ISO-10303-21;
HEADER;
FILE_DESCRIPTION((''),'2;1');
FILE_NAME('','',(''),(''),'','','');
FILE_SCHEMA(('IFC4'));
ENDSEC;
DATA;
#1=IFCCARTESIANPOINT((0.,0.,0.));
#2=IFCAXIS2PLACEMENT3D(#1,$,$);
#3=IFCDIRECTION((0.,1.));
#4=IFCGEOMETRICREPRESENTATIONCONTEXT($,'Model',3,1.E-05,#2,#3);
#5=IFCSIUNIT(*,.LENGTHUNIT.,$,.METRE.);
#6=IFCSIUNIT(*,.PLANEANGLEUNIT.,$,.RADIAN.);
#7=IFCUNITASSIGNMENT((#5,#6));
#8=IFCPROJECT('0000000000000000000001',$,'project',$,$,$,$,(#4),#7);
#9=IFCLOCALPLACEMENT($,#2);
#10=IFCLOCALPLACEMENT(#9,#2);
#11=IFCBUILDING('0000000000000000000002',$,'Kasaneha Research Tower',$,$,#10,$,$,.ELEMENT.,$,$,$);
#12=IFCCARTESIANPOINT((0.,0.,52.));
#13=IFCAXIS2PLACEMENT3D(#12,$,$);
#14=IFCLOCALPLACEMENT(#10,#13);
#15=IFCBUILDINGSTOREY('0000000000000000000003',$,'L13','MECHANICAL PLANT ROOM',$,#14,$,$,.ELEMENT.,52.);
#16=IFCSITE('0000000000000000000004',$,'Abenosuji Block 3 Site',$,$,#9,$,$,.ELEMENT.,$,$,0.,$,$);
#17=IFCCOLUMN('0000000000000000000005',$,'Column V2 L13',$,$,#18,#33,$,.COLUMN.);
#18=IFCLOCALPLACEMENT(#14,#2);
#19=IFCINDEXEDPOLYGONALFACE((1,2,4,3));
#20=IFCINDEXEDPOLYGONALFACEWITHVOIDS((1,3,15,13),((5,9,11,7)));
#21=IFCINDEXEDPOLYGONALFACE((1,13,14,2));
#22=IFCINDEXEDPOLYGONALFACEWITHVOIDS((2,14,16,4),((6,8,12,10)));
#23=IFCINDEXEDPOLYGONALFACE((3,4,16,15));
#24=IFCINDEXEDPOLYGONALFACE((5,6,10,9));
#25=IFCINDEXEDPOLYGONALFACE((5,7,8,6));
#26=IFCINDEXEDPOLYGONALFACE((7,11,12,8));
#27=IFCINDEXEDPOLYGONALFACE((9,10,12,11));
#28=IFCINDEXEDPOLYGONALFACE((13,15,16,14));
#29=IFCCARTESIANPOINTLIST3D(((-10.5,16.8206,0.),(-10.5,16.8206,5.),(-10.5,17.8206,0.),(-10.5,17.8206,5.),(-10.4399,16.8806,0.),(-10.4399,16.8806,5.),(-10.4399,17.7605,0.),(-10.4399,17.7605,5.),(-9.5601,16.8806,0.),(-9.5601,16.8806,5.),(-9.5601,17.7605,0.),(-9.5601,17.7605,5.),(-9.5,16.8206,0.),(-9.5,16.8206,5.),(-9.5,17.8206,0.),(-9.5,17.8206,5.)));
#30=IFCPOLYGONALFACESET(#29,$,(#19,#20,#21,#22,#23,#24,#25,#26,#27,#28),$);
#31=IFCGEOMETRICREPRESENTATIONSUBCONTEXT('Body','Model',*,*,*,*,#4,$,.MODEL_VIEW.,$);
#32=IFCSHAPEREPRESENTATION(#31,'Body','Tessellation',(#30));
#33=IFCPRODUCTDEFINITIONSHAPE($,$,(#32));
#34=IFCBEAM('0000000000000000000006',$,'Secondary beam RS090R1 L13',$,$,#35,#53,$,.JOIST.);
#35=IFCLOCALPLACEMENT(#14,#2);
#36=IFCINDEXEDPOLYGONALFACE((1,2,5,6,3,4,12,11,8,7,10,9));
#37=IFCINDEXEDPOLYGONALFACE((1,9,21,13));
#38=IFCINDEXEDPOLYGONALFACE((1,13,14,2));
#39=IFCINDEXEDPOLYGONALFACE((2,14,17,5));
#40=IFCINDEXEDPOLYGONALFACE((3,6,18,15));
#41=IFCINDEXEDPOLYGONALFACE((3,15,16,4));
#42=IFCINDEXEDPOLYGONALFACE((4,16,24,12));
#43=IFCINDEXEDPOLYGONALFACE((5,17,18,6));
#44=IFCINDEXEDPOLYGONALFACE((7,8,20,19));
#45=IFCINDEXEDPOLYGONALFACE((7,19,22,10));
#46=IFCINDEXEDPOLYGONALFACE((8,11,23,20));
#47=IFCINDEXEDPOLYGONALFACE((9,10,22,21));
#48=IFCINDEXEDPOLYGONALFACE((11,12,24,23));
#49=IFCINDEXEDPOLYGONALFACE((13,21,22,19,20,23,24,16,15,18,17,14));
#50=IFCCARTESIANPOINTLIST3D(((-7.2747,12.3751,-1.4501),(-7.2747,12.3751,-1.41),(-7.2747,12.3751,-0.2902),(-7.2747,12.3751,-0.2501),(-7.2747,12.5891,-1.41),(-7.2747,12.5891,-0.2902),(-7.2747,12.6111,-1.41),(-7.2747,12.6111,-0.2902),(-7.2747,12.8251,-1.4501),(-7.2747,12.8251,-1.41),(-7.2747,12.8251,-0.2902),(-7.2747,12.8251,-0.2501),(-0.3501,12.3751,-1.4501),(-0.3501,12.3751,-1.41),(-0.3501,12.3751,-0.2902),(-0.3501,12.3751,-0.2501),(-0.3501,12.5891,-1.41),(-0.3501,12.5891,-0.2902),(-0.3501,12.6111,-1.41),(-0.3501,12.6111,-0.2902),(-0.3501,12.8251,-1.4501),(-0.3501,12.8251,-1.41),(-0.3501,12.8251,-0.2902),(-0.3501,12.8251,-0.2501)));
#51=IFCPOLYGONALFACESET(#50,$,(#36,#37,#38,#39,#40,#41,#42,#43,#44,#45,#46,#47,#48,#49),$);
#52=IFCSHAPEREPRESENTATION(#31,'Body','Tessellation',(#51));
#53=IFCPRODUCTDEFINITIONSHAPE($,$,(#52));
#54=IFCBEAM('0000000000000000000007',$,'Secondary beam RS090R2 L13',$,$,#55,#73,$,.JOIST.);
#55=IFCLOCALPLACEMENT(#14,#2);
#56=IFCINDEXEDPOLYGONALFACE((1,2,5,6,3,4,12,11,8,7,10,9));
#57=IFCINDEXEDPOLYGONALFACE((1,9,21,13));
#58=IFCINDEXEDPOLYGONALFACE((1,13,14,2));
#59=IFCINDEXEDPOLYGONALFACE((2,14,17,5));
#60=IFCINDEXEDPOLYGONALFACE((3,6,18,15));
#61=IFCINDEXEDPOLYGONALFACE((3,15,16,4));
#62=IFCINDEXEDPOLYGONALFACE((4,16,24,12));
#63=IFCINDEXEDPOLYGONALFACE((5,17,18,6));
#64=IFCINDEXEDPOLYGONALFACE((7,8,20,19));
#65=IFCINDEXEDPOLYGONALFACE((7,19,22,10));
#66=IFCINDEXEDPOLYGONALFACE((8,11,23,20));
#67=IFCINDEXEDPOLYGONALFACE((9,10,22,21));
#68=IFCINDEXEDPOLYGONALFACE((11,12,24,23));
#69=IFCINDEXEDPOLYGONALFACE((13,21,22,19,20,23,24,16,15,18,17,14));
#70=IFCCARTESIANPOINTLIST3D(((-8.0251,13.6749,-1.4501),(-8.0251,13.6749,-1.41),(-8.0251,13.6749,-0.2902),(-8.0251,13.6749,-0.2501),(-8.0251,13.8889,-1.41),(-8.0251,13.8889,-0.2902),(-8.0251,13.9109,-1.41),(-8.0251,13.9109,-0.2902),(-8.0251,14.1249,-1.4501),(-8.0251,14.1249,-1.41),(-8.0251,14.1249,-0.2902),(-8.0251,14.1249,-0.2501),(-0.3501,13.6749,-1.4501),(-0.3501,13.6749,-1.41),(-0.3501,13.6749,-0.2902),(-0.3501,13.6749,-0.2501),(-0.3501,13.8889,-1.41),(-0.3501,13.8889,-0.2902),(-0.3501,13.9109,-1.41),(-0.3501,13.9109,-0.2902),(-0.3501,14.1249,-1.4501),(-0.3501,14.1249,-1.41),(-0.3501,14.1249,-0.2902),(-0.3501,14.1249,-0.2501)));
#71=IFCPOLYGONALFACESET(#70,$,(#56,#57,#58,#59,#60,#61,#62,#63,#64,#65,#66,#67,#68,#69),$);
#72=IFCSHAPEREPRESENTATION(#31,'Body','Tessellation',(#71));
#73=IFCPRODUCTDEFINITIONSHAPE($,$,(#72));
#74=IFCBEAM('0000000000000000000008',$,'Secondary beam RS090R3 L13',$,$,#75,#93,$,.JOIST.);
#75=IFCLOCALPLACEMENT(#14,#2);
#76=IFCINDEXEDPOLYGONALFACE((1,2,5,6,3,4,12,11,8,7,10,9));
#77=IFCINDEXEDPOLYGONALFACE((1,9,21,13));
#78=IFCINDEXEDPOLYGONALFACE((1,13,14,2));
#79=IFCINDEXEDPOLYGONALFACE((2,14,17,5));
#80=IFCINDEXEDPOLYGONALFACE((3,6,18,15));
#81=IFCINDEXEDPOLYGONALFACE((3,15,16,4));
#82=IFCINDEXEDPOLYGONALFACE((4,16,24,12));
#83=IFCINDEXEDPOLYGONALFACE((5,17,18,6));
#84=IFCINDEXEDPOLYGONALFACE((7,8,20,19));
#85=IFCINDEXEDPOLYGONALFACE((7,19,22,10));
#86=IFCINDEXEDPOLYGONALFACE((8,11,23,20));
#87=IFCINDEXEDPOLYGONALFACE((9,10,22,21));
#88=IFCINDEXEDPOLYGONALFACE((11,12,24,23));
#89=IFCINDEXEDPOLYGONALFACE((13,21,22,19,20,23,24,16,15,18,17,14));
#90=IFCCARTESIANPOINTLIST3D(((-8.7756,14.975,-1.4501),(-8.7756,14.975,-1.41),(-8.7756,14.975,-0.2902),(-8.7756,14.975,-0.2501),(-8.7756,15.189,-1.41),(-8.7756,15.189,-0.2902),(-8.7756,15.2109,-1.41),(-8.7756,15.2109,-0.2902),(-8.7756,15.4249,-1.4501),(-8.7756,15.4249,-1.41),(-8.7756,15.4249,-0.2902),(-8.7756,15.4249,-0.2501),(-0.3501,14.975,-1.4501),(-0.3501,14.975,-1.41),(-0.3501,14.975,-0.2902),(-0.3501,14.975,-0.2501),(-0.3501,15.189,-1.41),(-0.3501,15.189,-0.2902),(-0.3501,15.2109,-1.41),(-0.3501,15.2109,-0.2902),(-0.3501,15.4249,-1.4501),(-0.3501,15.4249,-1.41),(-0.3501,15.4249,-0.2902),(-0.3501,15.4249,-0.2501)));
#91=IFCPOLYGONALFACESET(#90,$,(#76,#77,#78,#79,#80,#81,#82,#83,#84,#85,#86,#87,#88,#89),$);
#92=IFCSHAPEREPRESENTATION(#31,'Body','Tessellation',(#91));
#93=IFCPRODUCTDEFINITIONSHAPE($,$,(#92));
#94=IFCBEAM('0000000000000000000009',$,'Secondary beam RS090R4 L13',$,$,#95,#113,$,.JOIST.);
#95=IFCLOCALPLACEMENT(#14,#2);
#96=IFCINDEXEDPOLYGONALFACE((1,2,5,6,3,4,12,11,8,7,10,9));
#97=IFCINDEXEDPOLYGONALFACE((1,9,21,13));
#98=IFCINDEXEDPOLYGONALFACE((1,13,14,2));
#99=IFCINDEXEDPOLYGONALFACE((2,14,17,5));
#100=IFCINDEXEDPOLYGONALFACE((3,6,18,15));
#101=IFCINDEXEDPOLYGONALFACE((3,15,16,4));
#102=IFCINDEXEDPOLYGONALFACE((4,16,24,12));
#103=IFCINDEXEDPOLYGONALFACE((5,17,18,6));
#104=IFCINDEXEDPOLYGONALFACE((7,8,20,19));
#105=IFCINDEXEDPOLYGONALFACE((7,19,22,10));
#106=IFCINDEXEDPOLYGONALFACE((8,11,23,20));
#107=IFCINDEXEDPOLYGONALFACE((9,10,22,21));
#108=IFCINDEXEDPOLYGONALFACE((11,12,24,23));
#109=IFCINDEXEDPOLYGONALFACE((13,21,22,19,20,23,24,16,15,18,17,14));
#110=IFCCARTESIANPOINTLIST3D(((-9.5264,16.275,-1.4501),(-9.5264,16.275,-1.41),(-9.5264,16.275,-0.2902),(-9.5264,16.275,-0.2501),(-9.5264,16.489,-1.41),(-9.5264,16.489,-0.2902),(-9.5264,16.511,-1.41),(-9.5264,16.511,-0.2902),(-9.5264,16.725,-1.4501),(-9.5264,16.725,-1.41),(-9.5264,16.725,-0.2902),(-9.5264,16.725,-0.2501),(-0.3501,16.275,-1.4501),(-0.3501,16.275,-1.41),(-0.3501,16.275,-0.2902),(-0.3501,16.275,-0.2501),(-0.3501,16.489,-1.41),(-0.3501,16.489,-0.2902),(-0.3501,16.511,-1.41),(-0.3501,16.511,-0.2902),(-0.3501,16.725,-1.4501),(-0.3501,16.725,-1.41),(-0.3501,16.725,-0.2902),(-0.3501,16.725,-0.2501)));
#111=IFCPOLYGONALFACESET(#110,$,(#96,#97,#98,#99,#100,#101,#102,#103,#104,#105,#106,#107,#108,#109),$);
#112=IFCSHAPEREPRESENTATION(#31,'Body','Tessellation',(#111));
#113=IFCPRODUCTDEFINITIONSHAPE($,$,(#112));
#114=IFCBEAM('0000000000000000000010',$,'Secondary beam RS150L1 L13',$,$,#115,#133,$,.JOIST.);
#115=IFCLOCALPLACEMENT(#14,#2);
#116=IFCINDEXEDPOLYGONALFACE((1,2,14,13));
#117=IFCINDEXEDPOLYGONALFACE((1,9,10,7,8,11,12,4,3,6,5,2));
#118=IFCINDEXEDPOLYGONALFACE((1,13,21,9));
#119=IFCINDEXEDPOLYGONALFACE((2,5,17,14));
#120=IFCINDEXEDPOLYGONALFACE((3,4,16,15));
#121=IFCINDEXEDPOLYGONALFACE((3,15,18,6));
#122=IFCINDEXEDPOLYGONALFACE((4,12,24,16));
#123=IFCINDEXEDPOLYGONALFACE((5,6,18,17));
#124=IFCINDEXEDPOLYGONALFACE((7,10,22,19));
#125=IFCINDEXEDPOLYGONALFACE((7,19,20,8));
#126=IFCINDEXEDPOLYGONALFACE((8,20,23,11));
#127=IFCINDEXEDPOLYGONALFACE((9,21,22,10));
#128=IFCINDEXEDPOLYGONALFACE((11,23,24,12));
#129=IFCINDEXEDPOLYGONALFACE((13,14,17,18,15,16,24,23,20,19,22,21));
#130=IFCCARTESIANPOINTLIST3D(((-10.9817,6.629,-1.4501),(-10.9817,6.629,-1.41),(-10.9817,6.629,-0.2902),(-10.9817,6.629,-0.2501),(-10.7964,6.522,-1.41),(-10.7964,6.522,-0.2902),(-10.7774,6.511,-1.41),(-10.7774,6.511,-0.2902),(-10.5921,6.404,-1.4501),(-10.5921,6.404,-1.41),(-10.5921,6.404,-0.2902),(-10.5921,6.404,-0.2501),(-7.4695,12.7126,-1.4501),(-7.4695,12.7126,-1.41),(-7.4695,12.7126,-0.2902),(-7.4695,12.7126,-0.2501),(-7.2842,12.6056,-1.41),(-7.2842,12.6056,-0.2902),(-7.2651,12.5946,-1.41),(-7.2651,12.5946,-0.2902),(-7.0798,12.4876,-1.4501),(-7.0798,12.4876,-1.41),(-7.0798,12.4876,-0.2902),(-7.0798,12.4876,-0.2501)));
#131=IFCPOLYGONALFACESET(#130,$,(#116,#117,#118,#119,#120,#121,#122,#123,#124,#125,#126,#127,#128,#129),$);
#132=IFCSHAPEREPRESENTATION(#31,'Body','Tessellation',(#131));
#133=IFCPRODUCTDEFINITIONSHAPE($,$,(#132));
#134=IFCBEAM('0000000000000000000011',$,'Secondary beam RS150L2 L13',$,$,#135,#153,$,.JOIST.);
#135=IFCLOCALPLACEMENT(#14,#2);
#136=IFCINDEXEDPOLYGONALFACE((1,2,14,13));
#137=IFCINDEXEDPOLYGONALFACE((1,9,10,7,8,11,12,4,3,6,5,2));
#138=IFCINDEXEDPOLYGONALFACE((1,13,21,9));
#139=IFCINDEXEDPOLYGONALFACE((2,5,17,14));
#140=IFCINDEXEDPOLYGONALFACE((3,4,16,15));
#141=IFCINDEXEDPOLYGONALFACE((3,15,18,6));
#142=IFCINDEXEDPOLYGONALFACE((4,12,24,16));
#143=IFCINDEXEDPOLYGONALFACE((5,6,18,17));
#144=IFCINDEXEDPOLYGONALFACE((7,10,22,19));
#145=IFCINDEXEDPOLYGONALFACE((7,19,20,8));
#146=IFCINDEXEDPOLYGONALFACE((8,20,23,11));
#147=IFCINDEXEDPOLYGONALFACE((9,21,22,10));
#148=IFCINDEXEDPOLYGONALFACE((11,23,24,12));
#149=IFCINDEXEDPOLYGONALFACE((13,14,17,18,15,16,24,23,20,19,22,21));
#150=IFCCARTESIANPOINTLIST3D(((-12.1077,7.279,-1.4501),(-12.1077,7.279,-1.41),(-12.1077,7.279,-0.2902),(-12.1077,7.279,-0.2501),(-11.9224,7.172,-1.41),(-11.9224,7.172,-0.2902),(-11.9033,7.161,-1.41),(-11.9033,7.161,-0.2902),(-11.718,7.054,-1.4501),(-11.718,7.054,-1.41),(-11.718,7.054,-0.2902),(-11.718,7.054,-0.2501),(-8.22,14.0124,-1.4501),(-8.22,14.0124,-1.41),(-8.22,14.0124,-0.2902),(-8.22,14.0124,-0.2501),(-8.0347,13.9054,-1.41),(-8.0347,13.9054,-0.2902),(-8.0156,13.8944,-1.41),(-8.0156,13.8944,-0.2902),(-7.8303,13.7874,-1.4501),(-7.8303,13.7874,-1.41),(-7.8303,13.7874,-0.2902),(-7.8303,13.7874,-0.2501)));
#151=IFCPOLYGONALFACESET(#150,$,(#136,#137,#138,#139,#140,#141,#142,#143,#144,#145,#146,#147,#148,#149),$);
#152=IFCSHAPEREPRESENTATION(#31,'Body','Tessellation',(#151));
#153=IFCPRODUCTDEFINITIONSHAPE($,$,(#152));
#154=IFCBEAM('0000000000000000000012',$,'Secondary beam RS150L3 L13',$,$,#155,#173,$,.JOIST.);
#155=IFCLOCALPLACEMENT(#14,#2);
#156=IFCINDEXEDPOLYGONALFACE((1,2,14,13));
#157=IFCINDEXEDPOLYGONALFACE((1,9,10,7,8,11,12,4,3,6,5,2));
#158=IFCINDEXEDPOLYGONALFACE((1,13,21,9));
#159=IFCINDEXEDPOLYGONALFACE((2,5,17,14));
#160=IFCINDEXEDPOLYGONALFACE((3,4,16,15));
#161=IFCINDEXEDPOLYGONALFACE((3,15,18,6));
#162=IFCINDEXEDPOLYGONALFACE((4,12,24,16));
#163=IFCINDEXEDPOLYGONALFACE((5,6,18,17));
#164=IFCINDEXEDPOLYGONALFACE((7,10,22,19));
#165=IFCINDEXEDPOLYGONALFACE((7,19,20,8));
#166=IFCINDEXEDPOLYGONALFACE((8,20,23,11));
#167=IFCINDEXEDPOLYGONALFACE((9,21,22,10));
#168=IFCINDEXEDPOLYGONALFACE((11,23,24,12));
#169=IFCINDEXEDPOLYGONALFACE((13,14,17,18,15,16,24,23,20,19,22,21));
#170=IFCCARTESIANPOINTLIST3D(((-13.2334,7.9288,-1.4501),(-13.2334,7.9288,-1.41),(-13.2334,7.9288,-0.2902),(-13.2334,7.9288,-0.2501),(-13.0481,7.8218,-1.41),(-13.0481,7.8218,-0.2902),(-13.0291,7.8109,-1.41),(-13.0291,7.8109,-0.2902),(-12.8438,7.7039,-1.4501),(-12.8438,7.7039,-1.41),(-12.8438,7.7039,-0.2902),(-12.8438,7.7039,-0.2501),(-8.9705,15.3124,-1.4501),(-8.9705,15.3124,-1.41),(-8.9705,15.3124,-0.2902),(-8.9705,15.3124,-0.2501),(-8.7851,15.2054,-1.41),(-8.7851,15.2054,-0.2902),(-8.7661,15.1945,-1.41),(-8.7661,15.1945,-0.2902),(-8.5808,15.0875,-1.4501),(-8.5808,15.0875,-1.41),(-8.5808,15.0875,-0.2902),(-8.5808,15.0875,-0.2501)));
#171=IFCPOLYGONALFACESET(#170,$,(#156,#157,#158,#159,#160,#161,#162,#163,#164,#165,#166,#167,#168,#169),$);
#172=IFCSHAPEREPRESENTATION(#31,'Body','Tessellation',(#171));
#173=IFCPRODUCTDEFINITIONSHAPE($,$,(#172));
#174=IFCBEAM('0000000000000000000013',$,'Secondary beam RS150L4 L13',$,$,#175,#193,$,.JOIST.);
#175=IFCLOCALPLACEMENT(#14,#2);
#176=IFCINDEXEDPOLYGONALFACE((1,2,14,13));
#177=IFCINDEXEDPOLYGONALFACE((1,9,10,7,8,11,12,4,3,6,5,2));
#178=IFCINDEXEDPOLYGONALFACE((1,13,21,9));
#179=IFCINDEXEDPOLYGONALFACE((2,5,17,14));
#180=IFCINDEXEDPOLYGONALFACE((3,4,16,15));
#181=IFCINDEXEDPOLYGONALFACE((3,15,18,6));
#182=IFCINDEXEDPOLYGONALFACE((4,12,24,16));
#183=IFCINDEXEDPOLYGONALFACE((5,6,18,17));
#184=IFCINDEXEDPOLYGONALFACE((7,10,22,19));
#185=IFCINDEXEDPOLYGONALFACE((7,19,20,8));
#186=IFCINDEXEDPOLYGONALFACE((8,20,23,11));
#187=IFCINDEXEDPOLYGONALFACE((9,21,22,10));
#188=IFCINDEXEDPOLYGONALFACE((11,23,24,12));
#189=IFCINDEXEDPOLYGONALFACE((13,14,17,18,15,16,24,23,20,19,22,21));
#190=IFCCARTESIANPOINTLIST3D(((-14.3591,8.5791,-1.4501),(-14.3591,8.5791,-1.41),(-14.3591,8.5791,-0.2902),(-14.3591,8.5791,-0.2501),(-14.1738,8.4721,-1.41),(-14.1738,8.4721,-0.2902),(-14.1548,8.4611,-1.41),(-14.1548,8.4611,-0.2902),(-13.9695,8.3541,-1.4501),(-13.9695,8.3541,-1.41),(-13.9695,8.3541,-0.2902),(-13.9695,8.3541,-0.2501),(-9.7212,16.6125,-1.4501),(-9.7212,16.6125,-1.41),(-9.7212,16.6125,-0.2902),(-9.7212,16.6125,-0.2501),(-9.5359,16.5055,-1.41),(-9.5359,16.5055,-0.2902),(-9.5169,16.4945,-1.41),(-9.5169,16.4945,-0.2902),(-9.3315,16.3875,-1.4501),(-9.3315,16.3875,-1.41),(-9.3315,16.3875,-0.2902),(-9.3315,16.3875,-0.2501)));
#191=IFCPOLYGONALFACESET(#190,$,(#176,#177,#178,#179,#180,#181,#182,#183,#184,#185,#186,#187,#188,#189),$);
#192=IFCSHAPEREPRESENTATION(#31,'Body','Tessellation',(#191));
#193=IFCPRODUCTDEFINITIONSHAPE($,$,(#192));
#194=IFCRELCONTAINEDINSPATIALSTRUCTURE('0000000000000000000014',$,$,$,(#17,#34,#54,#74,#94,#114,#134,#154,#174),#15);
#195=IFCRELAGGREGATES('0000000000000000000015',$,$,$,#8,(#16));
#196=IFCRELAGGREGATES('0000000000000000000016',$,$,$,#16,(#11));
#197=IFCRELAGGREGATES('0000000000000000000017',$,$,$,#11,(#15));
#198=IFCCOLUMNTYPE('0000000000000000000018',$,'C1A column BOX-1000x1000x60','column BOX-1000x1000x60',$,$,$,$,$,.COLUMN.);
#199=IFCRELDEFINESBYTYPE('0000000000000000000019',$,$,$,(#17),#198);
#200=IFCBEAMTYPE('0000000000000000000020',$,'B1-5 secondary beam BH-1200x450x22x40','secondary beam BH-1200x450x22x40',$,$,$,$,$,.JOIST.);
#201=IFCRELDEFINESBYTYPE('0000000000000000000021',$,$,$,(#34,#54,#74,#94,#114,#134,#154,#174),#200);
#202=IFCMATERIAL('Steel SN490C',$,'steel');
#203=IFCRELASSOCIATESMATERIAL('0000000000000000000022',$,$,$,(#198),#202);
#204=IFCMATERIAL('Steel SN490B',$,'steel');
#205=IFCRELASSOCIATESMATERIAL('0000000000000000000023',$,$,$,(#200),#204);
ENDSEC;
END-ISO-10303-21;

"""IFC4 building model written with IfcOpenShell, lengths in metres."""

from ifc_helpers import new_model, si_unit, direction, frame, origin, origin_2d, place, context, subcontext, project, spatial, hollow_rectangle, i_section, extrude, material, material_profile, profile_set, type_object, element, save


model = new_model("IFC4")

# Units and contexts
model_context = context("Model", 3, precision=1e-05, world=origin(), true_north=direction((0.0, 1.0)))
body_context = subcontext(model_context, "Body", "Model", "MODEL_VIEW")
ifc_project = project(units=[si_unit("LENGTHUNIT", "METRE"), si_unit("PLANEANGLEUNIT", "RADIAN")], contexts=[model_context])

# Site, building, storey
site_placement = place(None, origin())
site = spatial("IfcSite", under=ifc_project, at=site_placement, Name="Abenosuji Block 3 Site", CompositionType="ELEMENT", RefElevation=0.0)
building_placement = place(site_placement, origin())
building = spatial("IfcBuilding", under=site, at=building_placement, Name="Kasaneha Research Tower", CompositionType="ELEMENT")
storey_placement = place(building_placement, frame((0.0, 0.0, 52.0)))
storey = spatial("IfcBuildingStorey", under=building, at=storey_placement, Name="L13", Description="MECHANICAL PLANT ROOM", CompositionType="ELEMENT", Elevation=52.0)

# Column
ifc_material_1 = material(Name="Steel SN490C", Category="steel")
ifc_material_profile_1 = material_profile(ifc_material_1, hollow_rectangle(XDim=1.0, YDim=1.0, WallThickness=0.0601, at=origin_2d()), Name="BOX-1000x1000x60")
ifc_profile_set_1 = profile_set([ifc_material_profile_1], Name="Steel SN490C")
column_type = type_object("IfcColumnType", Name="C1A column BOX-1000x1000x60", Description="column BOX-1000x1000x60", PredefinedType="COLUMN", material=ifc_profile_set_1)
column_placement = place(storey_placement, frame((-10.0, 17.3206, 0.0), z_axis=(0.0, 0.0, 1.0), x_axis=(1.0, 0.0, 0.0)))
element("IfcColumn", 1, at=column_placement, inside=storey, type_object=column_type, Name="Column V2 L13", PredefinedType="COLUMN", context=body_context, shape_type="SweptSolid", body=[
    extrude(hollow_rectangle(XDim=1.0, YDim=1.0, WallThickness=0.0601, at=origin_2d()), origin(), (0.0, 0.0, 1.0), 5.0),
])

# Beams
ifc_material_2 = material(Name="Steel SN490B", Category="steel")
ifc_material_profile_2 = material_profile(ifc_material_2, i_section(OverallWidth=0.45, OverallDepth=1.2, WebThickness=0.022, FlangeThickness=0.04, at=origin_2d()), Name="BH-1200x450x22x40")
ifc_profile_set_2 = profile_set([ifc_material_profile_2], Name="Steel SN490B")
beam_type_1 = type_object("IfcBeamType", Name="B1-5 secondary beam BH-1200x450x22x40", Description="secondary beam BH-1200x450x22x40", PredefinedType="JOIST", material=ifc_profile_set_2)
beam_1_placement = place(storey_placement, frame((-7.2747, 12.6001, -0.8501), z_axis=(1.0, 0.0, 0.0), x_axis=(0.0, 1.0, 0.0)))
element("IfcBeam", 2, at=beam_1_placement, inside=storey, type_object=beam_type_1, Name="Secondary beam RS090R1 L13", PredefinedType="JOIST", context=body_context, shape_type="SweptSolid", body=[
    extrude(i_section(OverallWidth=0.45, OverallDepth=1.2, WebThickness=0.022, FlangeThickness=0.04, at=origin_2d()), origin(), (0.0, 0.0, 1.0), 6.9246),
])
beam_2_placement = place(storey_placement, frame((-8.0251, 13.8999, -0.8501), z_axis=(1.0, 0.0, 0.0), x_axis=(0.0, 1.0, 0.0)))
element("IfcBeam", 3, at=beam_2_placement, inside=storey, type_object=beam_type_1, Name="Secondary beam RS090R2 L13", PredefinedType="JOIST", context=body_context, shape_type="SweptSolid", body=[
    extrude(i_section(OverallWidth=0.45, OverallDepth=1.2, WebThickness=0.022, FlangeThickness=0.04, at=origin_2d()), origin(), (0.0, 0.0, 1.0), 7.675),
])
beam_3_placement = place(storey_placement, frame((-8.7756, 15.2, -0.8501), z_axis=(1.0, 0.0, 0.0), x_axis=(0.0, 1.0, 0.0)))
element("IfcBeam", 4, at=beam_3_placement, inside=storey, type_object=beam_type_1, Name="Secondary beam RS090R3 L13", PredefinedType="JOIST", context=body_context, shape_type="SweptSolid", body=[
    extrude(i_section(OverallWidth=0.45, OverallDepth=1.2, WebThickness=0.022, FlangeThickness=0.04, at=origin_2d()), origin(), (0.0, 0.0, 1.0), 8.4255),
])
beam_4_placement = place(storey_placement, frame((-9.5264, 16.5, -0.8501), z_axis=(1.0, 0.0, 0.0), x_axis=(0.0, 1.0, 0.0)))
element("IfcBeam", 5, at=beam_4_placement, inside=storey, type_object=beam_type_1, Name="Secondary beam RS090R4 L13", PredefinedType="JOIST", context=body_context, shape_type="SweptSolid", body=[
    extrude(i_section(OverallWidth=0.45, OverallDepth=1.2, WebThickness=0.022, FlangeThickness=0.04, at=origin_2d()), origin(), (0.0, 0.0, 1.0), 9.1763),
])
beam_5_placement = place(storey_placement, frame((-7.2747, 12.6001, -0.8501), z_axis=(-0.499989, -0.866032, 0.0), x_axis=(0.866032, -0.499989, 0.0)))
element("IfcBeam", 6, at=beam_5_placement, inside=storey, type_object=beam_type_1, Name="Secondary beam RS150L1 L13", PredefinedType="JOIST", context=body_context, shape_type="SweptSolid", body=[
    extrude(i_section(OverallWidth=0.45, OverallDepth=1.2, WebThickness=0.022, FlangeThickness=0.04, at=origin_2d()), origin(), (0.0, 0.0, 1.0), 7.0247),
])
beam_6_placement = place(storey_placement, frame((-8.0251, 13.8999, -0.8501), z_axis=(-0.500016, -0.866016, 0.0), x_axis=(0.866016, -0.500016, 0.0)))
element("IfcBeam", 7, at=beam_6_placement, inside=storey, type_object=beam_type_1, Name="Secondary beam RS150L2 L13", PredefinedType="JOIST", context=body_context, shape_type="SweptSolid", body=[
    extrude(i_section(OverallWidth=0.45, OverallDepth=1.2, WebThickness=0.022, FlangeThickness=0.04, at=origin_2d()), origin(), (0.0, 0.0, 1.0), 7.7751),
])
beam_7_placement = place(storey_placement, frame((-8.7756, 15.2, -0.8501), z_axis=(-0.500004, -0.866023, 0.0), x_axis=(0.866023, -0.500004, 0.0)))
element("IfcBeam", 8, at=beam_7_placement, inside=storey, type_object=beam_type_1, Name="Secondary beam RS150L3 L13", PredefinedType="JOIST", context=body_context, shape_type="SweptSolid", body=[
    extrude(i_section(OverallWidth=0.45, OverallDepth=1.2, WebThickness=0.022, FlangeThickness=0.04, at=origin_2d()), origin(), (0.0, 0.0, 1.0), 8.5259),
])
beam_8_placement = place(storey_placement, frame((-9.5264, 16.5, -0.8501), z_axis=(-0.499986, -0.866034, 0.0), x_axis=(0.866034, -0.499986, 0.0)))
element("IfcBeam", 9, at=beam_8_placement, inside=storey, type_object=beam_type_1, Name="Secondary beam RS150L4 L13", PredefinedType="JOIST", context=body_context, shape_type="SweptSolid", body=[
    extrude(i_section(OverallWidth=0.45, OverallDepth=1.2, WebThickness=0.022, FlangeThickness=0.04, at=origin_2d()), origin(), (0.0, 0.0, 1.0), 9.2761),
])

save(model, "model.ifc")
